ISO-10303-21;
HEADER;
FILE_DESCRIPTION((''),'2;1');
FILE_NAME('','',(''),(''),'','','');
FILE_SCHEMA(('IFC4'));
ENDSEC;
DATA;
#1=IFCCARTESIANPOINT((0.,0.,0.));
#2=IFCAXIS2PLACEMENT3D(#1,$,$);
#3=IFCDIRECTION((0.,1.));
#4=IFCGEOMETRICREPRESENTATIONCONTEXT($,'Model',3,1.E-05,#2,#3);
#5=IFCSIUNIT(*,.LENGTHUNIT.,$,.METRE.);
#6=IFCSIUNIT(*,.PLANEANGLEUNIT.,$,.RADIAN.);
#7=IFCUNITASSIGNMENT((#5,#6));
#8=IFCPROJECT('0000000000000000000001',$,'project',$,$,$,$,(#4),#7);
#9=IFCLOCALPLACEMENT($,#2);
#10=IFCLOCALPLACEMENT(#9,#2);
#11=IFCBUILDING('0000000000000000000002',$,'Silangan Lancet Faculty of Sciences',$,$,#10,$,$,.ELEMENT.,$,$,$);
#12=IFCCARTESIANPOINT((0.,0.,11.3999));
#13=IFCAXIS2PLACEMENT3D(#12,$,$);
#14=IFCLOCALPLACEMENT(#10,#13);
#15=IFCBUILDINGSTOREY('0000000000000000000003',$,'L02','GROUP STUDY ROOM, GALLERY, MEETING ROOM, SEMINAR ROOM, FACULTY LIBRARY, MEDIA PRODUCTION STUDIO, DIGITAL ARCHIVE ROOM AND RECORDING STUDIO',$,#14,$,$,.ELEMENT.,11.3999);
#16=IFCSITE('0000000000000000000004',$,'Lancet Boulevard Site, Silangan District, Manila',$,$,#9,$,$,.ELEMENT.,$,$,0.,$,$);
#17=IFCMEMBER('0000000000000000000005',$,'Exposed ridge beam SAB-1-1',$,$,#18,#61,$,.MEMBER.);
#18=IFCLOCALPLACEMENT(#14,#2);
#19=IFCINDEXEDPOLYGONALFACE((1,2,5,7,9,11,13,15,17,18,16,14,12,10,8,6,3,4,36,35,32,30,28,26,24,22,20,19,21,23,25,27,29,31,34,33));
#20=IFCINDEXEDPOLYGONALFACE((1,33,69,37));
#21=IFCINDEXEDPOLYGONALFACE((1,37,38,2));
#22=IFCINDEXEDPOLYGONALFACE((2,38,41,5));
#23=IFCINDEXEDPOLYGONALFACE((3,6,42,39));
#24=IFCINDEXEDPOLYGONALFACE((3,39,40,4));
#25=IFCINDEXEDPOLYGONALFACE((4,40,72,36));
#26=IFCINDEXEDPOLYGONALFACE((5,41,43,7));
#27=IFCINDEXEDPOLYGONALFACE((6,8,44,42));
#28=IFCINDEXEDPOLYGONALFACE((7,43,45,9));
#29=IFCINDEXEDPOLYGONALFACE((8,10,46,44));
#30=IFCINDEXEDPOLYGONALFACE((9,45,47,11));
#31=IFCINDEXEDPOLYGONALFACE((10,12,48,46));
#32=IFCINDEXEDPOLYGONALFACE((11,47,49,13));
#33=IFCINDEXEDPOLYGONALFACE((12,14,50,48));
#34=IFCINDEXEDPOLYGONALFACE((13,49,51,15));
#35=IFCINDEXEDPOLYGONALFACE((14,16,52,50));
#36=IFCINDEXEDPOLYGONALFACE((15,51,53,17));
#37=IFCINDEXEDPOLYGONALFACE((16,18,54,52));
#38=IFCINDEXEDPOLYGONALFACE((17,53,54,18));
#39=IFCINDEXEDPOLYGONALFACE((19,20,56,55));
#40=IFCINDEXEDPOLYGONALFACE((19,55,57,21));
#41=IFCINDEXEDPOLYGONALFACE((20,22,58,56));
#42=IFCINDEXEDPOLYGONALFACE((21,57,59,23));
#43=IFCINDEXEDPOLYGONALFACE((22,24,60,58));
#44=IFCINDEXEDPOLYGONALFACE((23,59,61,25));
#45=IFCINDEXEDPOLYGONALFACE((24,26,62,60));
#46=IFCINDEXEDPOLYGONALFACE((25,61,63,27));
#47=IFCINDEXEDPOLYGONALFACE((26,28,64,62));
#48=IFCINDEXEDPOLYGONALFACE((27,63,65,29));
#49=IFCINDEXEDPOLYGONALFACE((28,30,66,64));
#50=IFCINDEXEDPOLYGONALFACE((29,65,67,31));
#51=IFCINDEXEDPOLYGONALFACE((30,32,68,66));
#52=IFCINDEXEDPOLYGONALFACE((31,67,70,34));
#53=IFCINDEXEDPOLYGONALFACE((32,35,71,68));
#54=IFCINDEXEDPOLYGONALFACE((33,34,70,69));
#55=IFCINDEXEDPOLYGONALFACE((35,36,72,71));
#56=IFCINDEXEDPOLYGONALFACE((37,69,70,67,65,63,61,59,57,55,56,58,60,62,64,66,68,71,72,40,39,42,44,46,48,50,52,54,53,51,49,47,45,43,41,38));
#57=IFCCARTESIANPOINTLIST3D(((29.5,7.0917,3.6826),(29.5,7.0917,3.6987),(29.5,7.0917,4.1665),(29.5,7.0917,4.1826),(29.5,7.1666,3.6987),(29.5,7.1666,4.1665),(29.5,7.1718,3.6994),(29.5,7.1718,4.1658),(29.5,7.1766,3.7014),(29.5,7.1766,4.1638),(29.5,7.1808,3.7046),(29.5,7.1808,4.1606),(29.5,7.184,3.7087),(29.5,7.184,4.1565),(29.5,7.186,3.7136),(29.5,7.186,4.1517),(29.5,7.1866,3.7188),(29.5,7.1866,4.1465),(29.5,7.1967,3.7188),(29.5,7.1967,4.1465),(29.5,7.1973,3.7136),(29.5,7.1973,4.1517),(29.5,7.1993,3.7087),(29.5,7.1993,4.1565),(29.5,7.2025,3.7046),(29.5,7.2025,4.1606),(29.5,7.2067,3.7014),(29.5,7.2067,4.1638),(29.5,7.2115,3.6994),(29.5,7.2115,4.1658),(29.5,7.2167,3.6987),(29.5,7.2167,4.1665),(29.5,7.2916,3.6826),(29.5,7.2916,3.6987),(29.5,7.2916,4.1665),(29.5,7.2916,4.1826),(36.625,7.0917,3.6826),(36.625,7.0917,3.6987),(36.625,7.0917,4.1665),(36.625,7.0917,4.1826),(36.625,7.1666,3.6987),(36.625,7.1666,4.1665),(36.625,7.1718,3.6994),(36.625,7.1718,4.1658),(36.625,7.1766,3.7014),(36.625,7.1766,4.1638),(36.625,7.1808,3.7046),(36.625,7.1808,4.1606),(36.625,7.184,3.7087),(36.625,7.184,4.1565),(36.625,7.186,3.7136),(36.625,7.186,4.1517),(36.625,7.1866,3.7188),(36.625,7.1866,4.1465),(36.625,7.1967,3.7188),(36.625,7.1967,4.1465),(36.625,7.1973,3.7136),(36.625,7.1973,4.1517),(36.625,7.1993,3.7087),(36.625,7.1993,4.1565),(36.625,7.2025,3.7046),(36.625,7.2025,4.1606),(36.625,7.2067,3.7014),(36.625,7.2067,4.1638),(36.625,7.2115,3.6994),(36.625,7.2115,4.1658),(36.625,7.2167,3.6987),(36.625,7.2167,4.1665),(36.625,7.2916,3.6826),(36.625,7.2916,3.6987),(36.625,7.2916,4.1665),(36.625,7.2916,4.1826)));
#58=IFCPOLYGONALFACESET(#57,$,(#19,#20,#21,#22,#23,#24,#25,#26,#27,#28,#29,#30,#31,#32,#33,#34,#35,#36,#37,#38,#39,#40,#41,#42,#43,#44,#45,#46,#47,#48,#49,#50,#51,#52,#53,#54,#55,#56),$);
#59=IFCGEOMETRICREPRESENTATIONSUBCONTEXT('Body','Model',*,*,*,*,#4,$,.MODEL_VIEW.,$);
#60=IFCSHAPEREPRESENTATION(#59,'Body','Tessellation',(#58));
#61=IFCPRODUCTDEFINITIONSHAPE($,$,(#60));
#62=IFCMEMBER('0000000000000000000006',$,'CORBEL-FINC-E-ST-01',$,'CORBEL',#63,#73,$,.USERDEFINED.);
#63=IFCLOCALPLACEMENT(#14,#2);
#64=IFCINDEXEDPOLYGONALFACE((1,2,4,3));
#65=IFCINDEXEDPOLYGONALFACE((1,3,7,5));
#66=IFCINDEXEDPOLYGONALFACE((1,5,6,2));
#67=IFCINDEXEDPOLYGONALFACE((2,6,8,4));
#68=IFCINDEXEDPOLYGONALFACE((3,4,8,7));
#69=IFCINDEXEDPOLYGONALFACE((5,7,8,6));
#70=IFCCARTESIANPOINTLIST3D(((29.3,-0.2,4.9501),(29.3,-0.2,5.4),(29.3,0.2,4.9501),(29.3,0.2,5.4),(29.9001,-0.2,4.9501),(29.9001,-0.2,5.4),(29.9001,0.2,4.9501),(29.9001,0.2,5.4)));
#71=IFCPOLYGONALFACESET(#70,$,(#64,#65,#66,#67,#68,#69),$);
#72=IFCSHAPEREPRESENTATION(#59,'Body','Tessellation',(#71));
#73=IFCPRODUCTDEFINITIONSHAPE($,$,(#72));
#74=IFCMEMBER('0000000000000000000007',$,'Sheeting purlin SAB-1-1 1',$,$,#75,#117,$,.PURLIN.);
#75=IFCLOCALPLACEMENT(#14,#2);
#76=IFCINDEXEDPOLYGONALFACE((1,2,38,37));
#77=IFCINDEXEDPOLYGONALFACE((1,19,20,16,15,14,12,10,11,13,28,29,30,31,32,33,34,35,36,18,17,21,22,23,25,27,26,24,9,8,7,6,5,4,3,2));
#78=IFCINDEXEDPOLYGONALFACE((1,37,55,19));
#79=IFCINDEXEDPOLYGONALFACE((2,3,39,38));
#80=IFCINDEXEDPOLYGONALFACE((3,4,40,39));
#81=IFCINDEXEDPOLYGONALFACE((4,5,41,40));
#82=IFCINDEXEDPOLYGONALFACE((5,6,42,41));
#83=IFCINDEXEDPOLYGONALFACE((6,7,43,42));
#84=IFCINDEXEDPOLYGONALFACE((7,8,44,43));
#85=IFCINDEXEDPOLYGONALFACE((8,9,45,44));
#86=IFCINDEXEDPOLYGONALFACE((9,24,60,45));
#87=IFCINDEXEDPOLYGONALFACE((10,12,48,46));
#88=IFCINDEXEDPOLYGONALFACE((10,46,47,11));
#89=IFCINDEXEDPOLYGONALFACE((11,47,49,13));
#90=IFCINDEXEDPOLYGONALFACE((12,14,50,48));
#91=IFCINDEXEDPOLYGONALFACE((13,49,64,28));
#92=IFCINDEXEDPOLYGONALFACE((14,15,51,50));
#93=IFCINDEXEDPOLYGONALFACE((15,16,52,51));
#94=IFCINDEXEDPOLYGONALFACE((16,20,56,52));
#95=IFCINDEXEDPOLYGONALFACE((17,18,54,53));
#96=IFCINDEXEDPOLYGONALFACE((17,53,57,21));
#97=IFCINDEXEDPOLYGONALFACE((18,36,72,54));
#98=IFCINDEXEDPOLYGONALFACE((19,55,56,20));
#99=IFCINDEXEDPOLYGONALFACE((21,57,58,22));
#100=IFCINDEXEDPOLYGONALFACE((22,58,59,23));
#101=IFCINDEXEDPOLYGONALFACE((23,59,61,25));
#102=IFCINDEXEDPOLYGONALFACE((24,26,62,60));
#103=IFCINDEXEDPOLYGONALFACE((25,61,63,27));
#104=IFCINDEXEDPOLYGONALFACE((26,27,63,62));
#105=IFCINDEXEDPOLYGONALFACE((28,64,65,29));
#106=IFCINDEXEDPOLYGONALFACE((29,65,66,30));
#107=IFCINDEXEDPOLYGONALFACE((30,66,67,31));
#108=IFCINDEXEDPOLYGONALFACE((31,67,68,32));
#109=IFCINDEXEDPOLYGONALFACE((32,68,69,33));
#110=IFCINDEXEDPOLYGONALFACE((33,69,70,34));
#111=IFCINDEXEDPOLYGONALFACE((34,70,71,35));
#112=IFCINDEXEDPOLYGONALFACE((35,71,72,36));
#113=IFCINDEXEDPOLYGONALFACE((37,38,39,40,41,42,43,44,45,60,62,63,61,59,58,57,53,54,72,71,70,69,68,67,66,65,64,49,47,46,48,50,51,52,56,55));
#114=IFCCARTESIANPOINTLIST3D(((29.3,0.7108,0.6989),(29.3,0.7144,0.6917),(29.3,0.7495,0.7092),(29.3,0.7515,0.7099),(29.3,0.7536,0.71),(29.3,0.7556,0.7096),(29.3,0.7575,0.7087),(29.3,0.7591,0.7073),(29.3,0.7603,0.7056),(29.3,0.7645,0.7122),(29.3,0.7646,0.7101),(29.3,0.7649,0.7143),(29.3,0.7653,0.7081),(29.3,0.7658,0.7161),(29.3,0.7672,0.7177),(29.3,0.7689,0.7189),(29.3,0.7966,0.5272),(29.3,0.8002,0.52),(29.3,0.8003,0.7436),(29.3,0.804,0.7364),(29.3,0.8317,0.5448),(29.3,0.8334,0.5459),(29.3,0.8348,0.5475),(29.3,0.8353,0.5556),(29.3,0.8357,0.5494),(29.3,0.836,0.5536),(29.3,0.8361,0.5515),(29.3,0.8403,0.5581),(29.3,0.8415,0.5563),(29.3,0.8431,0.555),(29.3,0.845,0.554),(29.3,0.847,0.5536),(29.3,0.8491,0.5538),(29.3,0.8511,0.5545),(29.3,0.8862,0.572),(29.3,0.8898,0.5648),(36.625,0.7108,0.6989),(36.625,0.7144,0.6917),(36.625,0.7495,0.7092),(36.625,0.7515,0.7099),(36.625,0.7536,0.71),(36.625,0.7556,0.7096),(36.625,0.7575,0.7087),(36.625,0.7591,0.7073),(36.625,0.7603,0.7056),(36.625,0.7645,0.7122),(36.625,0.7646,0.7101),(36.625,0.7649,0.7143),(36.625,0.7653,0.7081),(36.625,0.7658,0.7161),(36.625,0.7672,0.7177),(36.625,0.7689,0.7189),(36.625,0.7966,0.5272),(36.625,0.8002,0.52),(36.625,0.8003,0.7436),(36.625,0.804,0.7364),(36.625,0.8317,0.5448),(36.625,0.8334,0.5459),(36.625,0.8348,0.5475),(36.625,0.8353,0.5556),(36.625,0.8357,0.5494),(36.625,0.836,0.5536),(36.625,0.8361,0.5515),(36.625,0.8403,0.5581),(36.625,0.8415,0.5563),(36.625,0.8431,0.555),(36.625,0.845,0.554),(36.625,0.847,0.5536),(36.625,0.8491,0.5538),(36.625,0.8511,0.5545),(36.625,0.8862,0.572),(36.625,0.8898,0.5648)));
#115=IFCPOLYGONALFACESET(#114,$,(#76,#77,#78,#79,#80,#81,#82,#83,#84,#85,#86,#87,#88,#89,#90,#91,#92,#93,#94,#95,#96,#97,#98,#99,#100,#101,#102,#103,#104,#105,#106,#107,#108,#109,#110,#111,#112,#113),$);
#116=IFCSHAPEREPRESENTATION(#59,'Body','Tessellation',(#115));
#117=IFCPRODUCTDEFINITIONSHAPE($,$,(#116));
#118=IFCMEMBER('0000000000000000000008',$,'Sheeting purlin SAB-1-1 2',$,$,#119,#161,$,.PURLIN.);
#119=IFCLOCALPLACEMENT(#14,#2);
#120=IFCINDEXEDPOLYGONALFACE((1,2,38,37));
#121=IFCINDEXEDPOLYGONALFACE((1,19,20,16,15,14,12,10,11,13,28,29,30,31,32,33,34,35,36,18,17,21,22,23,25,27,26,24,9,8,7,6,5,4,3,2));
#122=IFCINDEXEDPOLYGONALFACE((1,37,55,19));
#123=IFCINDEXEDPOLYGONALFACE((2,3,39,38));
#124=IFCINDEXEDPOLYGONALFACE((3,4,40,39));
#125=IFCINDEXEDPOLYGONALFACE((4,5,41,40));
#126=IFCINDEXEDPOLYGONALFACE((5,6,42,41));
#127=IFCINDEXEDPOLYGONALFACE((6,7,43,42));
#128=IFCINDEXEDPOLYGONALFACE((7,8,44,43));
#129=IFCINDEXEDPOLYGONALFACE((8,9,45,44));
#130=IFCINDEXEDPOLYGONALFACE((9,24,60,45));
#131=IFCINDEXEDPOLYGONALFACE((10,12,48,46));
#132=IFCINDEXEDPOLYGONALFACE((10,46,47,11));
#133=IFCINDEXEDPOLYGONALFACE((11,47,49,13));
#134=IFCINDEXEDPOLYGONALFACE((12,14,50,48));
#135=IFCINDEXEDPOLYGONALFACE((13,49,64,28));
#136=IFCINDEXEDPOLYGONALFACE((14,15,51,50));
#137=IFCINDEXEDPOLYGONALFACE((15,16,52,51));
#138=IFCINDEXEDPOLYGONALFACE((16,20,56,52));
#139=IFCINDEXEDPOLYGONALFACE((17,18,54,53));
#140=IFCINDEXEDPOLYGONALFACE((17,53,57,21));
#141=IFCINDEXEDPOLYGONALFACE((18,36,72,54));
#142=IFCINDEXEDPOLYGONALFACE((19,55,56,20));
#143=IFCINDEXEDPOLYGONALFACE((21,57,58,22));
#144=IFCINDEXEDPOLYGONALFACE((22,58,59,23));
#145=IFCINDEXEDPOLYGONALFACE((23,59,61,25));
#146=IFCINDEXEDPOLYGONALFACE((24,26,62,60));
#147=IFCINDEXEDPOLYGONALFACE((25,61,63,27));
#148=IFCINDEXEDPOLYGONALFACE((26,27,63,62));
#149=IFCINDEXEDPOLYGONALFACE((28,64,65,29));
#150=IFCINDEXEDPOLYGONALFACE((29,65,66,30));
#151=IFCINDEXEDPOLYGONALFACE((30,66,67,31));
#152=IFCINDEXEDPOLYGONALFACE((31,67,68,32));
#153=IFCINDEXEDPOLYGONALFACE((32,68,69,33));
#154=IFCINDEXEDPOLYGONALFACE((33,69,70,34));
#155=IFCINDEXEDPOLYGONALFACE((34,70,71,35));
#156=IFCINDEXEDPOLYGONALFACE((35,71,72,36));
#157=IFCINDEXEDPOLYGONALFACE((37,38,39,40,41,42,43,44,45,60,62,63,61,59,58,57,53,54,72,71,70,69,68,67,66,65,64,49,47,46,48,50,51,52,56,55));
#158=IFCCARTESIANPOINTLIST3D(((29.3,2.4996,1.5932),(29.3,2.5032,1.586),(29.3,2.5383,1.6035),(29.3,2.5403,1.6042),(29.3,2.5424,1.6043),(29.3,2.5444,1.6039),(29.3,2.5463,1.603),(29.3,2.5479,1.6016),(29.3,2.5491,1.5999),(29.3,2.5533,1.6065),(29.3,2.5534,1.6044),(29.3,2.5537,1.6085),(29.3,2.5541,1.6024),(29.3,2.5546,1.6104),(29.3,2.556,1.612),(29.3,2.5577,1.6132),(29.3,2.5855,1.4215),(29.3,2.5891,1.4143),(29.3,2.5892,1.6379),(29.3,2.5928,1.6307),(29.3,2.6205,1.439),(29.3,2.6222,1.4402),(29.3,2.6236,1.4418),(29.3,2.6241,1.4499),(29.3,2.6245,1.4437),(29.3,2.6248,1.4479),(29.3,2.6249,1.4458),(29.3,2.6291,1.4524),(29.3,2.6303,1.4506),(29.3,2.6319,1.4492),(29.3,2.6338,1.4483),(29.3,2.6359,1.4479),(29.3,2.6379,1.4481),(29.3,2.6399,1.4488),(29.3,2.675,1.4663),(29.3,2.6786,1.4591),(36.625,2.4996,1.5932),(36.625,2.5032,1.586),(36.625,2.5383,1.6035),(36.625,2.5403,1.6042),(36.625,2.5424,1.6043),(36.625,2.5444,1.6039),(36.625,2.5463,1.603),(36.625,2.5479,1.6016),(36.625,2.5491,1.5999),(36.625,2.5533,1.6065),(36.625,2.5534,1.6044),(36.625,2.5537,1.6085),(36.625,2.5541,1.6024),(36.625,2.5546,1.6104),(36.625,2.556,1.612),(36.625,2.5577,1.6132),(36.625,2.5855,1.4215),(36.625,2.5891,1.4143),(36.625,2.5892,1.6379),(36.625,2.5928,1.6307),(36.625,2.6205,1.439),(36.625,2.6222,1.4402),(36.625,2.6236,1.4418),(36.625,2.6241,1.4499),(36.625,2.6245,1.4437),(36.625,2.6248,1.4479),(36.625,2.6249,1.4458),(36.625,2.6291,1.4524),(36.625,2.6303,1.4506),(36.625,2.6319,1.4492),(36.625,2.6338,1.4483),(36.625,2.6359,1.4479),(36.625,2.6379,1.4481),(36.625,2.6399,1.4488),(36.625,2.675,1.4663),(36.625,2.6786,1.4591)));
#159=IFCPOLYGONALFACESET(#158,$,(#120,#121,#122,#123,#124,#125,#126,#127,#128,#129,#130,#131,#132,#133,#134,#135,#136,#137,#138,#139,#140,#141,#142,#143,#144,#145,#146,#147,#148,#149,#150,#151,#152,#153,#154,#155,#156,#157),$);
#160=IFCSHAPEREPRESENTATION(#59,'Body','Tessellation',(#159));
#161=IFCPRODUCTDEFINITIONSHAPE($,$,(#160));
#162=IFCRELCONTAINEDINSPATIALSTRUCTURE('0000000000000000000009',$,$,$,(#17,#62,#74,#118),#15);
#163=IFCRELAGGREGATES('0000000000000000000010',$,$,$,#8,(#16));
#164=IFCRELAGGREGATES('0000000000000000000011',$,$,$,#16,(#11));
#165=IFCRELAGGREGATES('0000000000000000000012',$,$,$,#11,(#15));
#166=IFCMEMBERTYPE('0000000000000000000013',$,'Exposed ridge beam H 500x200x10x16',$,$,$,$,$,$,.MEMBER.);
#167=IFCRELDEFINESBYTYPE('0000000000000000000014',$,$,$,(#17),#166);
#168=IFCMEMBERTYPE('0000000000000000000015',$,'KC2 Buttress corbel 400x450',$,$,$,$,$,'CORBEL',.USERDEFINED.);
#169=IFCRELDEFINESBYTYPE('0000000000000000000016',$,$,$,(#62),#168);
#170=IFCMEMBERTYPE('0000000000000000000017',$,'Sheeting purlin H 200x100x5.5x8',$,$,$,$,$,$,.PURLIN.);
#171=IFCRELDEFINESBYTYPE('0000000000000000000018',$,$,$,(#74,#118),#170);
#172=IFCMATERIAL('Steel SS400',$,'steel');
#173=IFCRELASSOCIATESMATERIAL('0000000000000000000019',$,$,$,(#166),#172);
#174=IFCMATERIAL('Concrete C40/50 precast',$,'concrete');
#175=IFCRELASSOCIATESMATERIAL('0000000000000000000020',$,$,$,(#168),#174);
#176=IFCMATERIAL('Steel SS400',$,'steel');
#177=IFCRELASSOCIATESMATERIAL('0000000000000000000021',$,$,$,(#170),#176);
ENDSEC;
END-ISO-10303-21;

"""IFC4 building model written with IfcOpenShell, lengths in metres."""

from ifc_helpers import new_model, si_unit, direction, frame, origin, origin_2d, place, context, subcontext, project, spatial, rectangle, i_section, extrude, material, material_profile, profile_set, type_object, element, save


model = new_model("IFC4")

# Units and contexts
model_context = context("Model", 3, precision=1e-05, world=origin(), true_north=direction((0.0, 1.0)))
body_context = subcontext(model_context, "Body", "Model", "MODEL_VIEW")
ifc_project = project(units=[si_unit("LENGTHUNIT", "METRE"), si_unit("PLANEANGLEUNIT", "RADIAN")], contexts=[model_context])

# Site, building, storey
site_placement = place(None, origin())
site = spatial("IfcSite", under=ifc_project, at=site_placement, Name="Lancet Boulevard Site, Silangan District, Manila", CompositionType="ELEMENT", RefElevation=0.0)
building_placement = place(site_placement, origin())
building = spatial("IfcBuilding", under=site, at=building_placement, Name="Silangan Lancet Faculty of Sciences", CompositionType="ELEMENT")
storey_placement = place(building_placement, frame((0.0, 0.0, 11.3999)))
storey = spatial("IfcBuildingStorey", under=building, at=storey_placement, Name="L02", Description="GROUP STUDY ROOM, GALLERY, MEETING ROOM, SEMINAR ROOM, FACULTY LIBRARY, MEDIA PRODUCTION STUDIO, DIGITAL ARCHIVE ROOM AND RECORDING STUDIO", CompositionType="ELEMENT", Elevation=11.3999)

# Members
ifc_material_1 = material(Name="Steel SS400", Category="steel")
ifc_material_profile_1 = material_profile(ifc_material_1, i_section(OverallWidth=0.2, OverallDepth=0.5, WebThickness=0.01, FlangeThickness=0.0161, FilletRadius=0.02, at=origin_2d()), Name="H 500x200x10x16")
ifc_profile_set_1 = profile_set([ifc_material_profile_1], Name="Steel SS400")
member_type_1 = type_object("IfcMemberType", Name="Exposed ridge beam H 500x200x10x16", PredefinedType="MEMBER", material=ifc_profile_set_1)
member_1_placement = place(storey_placement, frame((29.5, 7.1917, 3.9326), z_axis=(1.0, 0.0, 0.0), x_axis=(0.0, 1.0, 0.0)))
element("IfcMember", 1, at=member_1_placement, inside=storey, type_object=member_type_1, Name="Exposed ridge beam SAB-1-1", PredefinedType="MEMBER", context=body_context, shape_type="SweptSolid", body=[
    extrude(i_section(OverallWidth=0.2, OverallDepth=0.5, WebThickness=0.01, FlangeThickness=0.0161, FilletRadius=0.02, at=origin_2d()), origin(), (0.0, 0.0, 1.0), 7.125),
])
ifc_material_2 = material(Name="Concrete C40/50 precast", Category="concrete")
ifc_material_profile_2 = material_profile(ifc_material_2, rectangle(XDim=0.3999, YDim=0.45, at=origin_2d()), Name="RC 400x450")
ifc_profile_set_2 = profile_set([ifc_material_profile_2], Name="Concrete C40/50 precast")
member_type_2 = type_object("IfcMemberType", Name="KC2 Buttress corbel 400x450", ElementType="CORBEL", PredefinedType="USERDEFINED", material=ifc_profile_set_2)
member_2_placement = place(storey_placement, frame((29.3, 0.0, 5.175), z_axis=(1.0, 0.0, 0.0), x_axis=(0.0, 1.0, 0.0)))
element("IfcMember", 2, at=member_2_placement, inside=storey, type_object=member_type_2, Name="CORBEL-FINC-E-ST-01", ObjectType="CORBEL", PredefinedType="USERDEFINED", context=body_context, shape_type="SweptSolid", body=[
    extrude(rectangle(XDim=0.3999, YDim=0.45, at=origin_2d()), origin(), (0.0, 0.0, 1.0), 0.6001),
])
ifc_material_3 = material(Name="Steel SS400", Category="steel")
ifc_material_profile_3 = material_profile(ifc_material_3, i_section(OverallWidth=0.1001, OverallDepth=0.2, WebThickness=0.0056, FlangeThickness=0.0081, FilletRadius=0.0081, at=origin_2d()), Name="H 200x100x5.5x8")
ifc_profile_set_3 = profile_set([ifc_material_profile_3], Name="Steel SS400")
member_type_3 = type_object("IfcMemberType", Name="Sheeting purlin H 200x100x5.5x8", PredefinedType="PURLIN", material=ifc_profile_set_3)
for number, where, z_axis, x_axis, name in (
    (3, (29.3, 0.8003, 0.6318), (1.0, 0.0, 0.0), (0.0, 0.894427, 0.447214), "Sheeting purlin SAB-1-1 1"),
    (4, (29.3, 2.5891, 1.5261), (1.0, 0.0, 0.0), (0.0, 0.894427, 0.447214), "Sheeting purlin SAB-1-1 2"),
):
    element("IfcMember", number, at=place(storey_placement, frame(where, z_axis=z_axis, x_axis=x_axis)), inside=storey, type_object=member_type_3, Name=name, PredefinedType="PURLIN", context=body_context, shape_type="SweptSolid", body=[
        extrude(i_section(OverallWidth=0.1001, OverallDepth=0.2, WebThickness=0.0056, FlangeThickness=0.0081, FilletRadius=0.0081, at=origin_2d()), origin(), (0.0, 0.0, 1.0), 7.325),
    ])

save(model, "model.ifc")
